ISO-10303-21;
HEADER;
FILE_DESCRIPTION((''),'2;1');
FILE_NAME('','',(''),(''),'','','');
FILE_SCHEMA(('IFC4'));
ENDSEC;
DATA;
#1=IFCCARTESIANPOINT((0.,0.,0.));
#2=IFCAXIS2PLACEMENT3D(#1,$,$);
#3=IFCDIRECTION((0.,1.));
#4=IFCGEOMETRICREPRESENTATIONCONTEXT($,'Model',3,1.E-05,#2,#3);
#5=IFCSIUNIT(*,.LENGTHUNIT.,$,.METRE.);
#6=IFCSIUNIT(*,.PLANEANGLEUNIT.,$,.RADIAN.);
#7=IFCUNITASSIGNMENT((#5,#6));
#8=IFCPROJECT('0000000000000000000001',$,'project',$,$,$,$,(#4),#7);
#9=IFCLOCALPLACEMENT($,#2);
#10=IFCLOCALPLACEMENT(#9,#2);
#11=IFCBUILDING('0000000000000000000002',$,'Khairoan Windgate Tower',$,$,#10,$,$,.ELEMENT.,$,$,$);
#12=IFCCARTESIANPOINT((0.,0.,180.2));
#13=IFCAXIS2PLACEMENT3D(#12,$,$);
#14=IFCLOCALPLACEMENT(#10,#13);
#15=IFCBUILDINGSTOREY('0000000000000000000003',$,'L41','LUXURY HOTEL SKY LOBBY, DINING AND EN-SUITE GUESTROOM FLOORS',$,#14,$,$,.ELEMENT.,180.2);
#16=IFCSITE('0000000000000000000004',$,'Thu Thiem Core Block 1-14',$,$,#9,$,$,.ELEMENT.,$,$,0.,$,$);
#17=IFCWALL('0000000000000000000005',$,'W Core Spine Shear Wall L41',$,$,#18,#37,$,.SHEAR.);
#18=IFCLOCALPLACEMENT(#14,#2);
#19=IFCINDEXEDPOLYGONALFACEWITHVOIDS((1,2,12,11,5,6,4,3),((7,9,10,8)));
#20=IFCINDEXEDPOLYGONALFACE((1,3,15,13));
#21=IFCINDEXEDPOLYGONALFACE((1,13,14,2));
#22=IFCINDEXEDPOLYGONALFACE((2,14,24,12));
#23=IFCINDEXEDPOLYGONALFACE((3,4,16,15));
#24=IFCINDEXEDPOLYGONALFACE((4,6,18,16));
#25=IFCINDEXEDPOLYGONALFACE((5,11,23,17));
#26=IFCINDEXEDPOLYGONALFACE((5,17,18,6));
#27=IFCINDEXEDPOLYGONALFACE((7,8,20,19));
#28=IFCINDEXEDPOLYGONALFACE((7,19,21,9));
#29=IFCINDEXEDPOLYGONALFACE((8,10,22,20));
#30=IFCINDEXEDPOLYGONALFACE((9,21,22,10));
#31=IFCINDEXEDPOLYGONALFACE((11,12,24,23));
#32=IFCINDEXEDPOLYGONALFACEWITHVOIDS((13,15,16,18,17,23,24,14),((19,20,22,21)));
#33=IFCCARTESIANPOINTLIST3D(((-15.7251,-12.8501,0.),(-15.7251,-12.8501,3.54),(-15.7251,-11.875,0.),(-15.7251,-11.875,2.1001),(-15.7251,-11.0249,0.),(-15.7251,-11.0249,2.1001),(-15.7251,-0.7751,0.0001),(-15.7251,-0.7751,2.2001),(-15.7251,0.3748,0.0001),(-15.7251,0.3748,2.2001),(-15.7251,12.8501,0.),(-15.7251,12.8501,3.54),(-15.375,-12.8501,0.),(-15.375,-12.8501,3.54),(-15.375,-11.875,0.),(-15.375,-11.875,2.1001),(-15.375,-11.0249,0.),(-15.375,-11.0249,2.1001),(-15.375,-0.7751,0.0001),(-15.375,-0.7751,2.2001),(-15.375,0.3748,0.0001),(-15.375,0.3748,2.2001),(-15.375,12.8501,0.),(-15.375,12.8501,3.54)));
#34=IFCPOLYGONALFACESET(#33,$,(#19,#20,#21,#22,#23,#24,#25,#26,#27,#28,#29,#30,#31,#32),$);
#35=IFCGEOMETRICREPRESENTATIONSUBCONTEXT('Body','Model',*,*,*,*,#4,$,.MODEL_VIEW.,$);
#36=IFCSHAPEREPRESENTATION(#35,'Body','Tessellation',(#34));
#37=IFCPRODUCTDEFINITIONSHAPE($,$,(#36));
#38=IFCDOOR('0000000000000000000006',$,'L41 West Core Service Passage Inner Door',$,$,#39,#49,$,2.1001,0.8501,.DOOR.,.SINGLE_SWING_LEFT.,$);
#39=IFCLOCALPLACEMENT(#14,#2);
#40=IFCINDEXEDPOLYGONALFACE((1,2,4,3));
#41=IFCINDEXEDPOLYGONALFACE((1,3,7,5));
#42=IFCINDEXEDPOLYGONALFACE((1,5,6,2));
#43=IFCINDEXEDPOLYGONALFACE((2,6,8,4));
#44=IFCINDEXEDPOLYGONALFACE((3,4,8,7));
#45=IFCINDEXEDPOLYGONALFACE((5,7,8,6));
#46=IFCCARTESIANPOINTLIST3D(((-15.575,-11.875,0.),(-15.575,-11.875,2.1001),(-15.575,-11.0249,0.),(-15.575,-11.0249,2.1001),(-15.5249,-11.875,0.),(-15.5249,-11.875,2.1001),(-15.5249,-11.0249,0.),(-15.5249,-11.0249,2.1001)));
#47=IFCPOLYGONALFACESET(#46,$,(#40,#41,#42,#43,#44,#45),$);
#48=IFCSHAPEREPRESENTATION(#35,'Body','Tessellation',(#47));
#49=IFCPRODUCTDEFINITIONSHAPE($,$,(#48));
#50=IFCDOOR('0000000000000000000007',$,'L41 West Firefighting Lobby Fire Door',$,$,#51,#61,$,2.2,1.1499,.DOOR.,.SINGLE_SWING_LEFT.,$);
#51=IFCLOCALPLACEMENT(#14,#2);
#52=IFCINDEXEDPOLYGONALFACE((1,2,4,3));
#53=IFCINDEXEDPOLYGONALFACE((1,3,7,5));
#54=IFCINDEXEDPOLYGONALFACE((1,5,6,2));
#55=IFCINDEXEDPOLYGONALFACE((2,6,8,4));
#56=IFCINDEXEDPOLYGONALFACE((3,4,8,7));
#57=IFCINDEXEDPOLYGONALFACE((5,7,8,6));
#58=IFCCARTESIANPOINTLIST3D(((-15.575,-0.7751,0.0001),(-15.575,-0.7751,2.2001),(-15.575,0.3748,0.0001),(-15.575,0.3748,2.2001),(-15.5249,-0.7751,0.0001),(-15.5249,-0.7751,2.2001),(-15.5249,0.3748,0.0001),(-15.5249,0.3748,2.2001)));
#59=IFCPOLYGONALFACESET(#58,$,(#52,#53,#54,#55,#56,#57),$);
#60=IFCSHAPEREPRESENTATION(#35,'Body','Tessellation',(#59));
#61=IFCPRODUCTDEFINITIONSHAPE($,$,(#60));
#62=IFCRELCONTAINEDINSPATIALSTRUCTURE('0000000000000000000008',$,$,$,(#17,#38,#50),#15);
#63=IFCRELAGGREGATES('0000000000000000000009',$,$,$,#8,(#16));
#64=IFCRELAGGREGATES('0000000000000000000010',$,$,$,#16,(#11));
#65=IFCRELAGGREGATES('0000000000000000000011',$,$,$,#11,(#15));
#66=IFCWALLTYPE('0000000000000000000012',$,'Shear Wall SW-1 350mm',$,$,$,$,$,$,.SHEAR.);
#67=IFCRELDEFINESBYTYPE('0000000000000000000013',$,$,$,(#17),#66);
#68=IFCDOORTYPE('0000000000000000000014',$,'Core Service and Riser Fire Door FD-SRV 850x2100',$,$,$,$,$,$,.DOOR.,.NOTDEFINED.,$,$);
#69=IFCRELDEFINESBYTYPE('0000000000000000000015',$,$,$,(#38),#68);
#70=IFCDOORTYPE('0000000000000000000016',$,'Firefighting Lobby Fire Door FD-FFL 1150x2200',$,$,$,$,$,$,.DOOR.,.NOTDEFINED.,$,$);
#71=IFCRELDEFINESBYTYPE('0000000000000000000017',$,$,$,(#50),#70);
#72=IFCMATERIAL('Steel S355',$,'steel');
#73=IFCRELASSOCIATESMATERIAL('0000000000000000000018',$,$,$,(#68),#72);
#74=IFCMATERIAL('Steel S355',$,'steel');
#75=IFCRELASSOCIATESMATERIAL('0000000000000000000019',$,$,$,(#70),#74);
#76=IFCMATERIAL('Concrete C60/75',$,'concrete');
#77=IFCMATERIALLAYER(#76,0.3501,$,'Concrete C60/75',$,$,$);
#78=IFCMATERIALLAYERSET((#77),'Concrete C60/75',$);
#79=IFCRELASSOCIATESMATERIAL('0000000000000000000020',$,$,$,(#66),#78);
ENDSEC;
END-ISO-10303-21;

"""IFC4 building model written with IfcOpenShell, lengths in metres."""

from ifc_helpers import new_model, si_unit, direction, frame, frame_2d, origin, place, context, subcontext, project, spatial, rectangle, extrude, material, layer, layer_set, type_object, element, fill, save


model = new_model("IFC4")

# Units and contexts
model_context = context("Model", 3, precision=1e-05, world=origin(), true_north=direction((0.0, 1.0)))
body_context = subcontext(model_context, "Body", "Model", "MODEL_VIEW")
ifc_project = project(units=[si_unit("LENGTHUNIT", "METRE"), si_unit("PLANEANGLEUNIT", "RADIAN")], contexts=[model_context])

# Site, building, storey
site_placement = place(None, origin())
site = spatial("IfcSite", under=ifc_project, at=site_placement, Name="Thu Thiem Core Block 1-14", CompositionType="ELEMENT", RefElevation=0.0)
building_placement = place(site_placement, origin())
building = spatial("IfcBuilding", under=site, at=building_placement, Name="Khairoan Windgate Tower", CompositionType="ELEMENT")
storey_placement = place(building_placement, frame((0.0, 0.0, 180.2)))
storey = spatial("IfcBuildingStorey", under=building, at=storey_placement, Name="L41", Description="LUXURY HOTEL SKY LOBBY, DINING AND EN-SUITE GUESTROOM FLOORS", CompositionType="ELEMENT", Elevation=180.2)

# Wall, openings, doors
ifc_material_1 = material(Name="Steel S355", Category="steel")
door_type_1 = type_object("IfcDoorType", Name="Core Service and Riser Fire Door FD-SRV 850x2100", OperationType="NOTDEFINED", PredefinedType="DOOR", material=ifc_material_1)
ifc_material_2 = material(Name="Steel S355", Category="steel")
door_type_2 = type_object("IfcDoorType", Name="Firefighting Lobby Fire Door FD-FFL 1150x2200", OperationType="NOTDEFINED", PredefinedType="DOOR", material=ifc_material_2)
ifc_material_3 = material(Name="Concrete C60/75", Category="concrete")
ifc_layer_1 = layer(ifc_material_3, 0.3501, Name="Concrete C60/75")
ifc_layer_set_1 = layer_set([ifc_layer_1], Name="Concrete C60/75")
wall_type_1 = type_object("IfcWallType", Name="Shear Wall SW-1 350mm", PredefinedType="SHEAR", material=ifc_layer_set_1)
wall_1_placement = place(storey_placement, frame((-15.55, -12.8501, 0.0), z_axis=(0.0, 0.0, 1.0), x_axis=(0.0, 1.0, 0.0)))
wall_1 = element("IfcWall", 1, at=wall_1_placement, inside=storey, type_object=wall_type_1, Name="W Core Spine Shear Wall L41", PredefinedType="SHEAR", context=body_context, shape_type="SweptSolid", body=[
    extrude(rectangle(XDim=25.7002, YDim=0.3501, at=frame_2d((12.8501, 0.0))), origin(), (0.0, 0.0, 1.0), 3.54),
])
opening_1_placement = place(wall_1_placement, frame((12.075, 0.0, 0.0)))
opening_1 = element("IfcOpeningElement", 2, at=opening_1_placement, cuts=wall_1, PredefinedType="OPENING", context=body_context, shape_type="SweptSolid", body=[
    extrude(rectangle(XDim=1.1499, YDim=2.2, at=frame_2d((0.575, 1.1001))), frame((0.0, 0.1851, 0.0), z_axis=(0.0, -1.0, 0.0), x_axis=(1.0, 0.0, 0.0)), (0.0, 0.0, 1.0), 0.3701),
])
opening_2_placement = place(wall_1_placement, frame((0.9751, 0.0, 0.0)))
opening_2 = element("IfcOpeningElement", 3, at=opening_2_placement, cuts=wall_1, PredefinedType="OPENING", context=body_context, shape_type="SweptSolid", body=[
    extrude(rectangle(XDim=0.8501, YDim=2.1001, at=frame_2d((0.425, 1.05))), frame((0.0, 0.1851, 0.0), z_axis=(0.0, -1.0, 0.0), x_axis=(1.0, 0.0, 0.0)), (0.0, 0.0, 1.0), 0.3701),
])
door_1_placement = place(opening_2_placement, origin())
door_1 = element("IfcDoor", 4, at=door_1_placement, inside=storey, type_object=door_type_1, Name="L41 West Core Service Passage Inner Door", OperationType="SINGLE_SWING_LEFT", OverallHeight=2.1001, OverallWidth=0.8501, PredefinedType="DOOR", context=body_context, shape_type="SweptSolid", body=[
    extrude(rectangle(XDim=0.8501, YDim=2.1001, at=frame_2d((0.425, 1.05))), frame((0.0, 0.0249, 0.0), z_axis=(0.0, -1.0, 0.0), x_axis=(1.0, 0.0, 0.0)), (0.0, 0.0, 1.0), 0.05),
])
fill(opening_2, door_1)
door_2_placement = place(opening_1_placement, origin())
door_2 = element("IfcDoor", 5, at=door_2_placement, inside=storey, type_object=door_type_2, Name="L41 West Firefighting Lobby Fire Door", OperationType="SINGLE_SWING_LEFT", OverallHeight=2.2, OverallWidth=1.1499, PredefinedType="DOOR", context=body_context, shape_type="SweptSolid", body=[
    extrude(rectangle(XDim=1.1499, YDim=2.2, at=frame_2d((0.575, 1.1001))), frame((0.0, 0.0249, 0.0), z_axis=(0.0, -1.0, 0.0), x_axis=(1.0, 0.0, 0.0)), (0.0, 0.0, 1.0), 0.05),
])
fill(opening_1, door_2)

save(model, "model.ifc")
